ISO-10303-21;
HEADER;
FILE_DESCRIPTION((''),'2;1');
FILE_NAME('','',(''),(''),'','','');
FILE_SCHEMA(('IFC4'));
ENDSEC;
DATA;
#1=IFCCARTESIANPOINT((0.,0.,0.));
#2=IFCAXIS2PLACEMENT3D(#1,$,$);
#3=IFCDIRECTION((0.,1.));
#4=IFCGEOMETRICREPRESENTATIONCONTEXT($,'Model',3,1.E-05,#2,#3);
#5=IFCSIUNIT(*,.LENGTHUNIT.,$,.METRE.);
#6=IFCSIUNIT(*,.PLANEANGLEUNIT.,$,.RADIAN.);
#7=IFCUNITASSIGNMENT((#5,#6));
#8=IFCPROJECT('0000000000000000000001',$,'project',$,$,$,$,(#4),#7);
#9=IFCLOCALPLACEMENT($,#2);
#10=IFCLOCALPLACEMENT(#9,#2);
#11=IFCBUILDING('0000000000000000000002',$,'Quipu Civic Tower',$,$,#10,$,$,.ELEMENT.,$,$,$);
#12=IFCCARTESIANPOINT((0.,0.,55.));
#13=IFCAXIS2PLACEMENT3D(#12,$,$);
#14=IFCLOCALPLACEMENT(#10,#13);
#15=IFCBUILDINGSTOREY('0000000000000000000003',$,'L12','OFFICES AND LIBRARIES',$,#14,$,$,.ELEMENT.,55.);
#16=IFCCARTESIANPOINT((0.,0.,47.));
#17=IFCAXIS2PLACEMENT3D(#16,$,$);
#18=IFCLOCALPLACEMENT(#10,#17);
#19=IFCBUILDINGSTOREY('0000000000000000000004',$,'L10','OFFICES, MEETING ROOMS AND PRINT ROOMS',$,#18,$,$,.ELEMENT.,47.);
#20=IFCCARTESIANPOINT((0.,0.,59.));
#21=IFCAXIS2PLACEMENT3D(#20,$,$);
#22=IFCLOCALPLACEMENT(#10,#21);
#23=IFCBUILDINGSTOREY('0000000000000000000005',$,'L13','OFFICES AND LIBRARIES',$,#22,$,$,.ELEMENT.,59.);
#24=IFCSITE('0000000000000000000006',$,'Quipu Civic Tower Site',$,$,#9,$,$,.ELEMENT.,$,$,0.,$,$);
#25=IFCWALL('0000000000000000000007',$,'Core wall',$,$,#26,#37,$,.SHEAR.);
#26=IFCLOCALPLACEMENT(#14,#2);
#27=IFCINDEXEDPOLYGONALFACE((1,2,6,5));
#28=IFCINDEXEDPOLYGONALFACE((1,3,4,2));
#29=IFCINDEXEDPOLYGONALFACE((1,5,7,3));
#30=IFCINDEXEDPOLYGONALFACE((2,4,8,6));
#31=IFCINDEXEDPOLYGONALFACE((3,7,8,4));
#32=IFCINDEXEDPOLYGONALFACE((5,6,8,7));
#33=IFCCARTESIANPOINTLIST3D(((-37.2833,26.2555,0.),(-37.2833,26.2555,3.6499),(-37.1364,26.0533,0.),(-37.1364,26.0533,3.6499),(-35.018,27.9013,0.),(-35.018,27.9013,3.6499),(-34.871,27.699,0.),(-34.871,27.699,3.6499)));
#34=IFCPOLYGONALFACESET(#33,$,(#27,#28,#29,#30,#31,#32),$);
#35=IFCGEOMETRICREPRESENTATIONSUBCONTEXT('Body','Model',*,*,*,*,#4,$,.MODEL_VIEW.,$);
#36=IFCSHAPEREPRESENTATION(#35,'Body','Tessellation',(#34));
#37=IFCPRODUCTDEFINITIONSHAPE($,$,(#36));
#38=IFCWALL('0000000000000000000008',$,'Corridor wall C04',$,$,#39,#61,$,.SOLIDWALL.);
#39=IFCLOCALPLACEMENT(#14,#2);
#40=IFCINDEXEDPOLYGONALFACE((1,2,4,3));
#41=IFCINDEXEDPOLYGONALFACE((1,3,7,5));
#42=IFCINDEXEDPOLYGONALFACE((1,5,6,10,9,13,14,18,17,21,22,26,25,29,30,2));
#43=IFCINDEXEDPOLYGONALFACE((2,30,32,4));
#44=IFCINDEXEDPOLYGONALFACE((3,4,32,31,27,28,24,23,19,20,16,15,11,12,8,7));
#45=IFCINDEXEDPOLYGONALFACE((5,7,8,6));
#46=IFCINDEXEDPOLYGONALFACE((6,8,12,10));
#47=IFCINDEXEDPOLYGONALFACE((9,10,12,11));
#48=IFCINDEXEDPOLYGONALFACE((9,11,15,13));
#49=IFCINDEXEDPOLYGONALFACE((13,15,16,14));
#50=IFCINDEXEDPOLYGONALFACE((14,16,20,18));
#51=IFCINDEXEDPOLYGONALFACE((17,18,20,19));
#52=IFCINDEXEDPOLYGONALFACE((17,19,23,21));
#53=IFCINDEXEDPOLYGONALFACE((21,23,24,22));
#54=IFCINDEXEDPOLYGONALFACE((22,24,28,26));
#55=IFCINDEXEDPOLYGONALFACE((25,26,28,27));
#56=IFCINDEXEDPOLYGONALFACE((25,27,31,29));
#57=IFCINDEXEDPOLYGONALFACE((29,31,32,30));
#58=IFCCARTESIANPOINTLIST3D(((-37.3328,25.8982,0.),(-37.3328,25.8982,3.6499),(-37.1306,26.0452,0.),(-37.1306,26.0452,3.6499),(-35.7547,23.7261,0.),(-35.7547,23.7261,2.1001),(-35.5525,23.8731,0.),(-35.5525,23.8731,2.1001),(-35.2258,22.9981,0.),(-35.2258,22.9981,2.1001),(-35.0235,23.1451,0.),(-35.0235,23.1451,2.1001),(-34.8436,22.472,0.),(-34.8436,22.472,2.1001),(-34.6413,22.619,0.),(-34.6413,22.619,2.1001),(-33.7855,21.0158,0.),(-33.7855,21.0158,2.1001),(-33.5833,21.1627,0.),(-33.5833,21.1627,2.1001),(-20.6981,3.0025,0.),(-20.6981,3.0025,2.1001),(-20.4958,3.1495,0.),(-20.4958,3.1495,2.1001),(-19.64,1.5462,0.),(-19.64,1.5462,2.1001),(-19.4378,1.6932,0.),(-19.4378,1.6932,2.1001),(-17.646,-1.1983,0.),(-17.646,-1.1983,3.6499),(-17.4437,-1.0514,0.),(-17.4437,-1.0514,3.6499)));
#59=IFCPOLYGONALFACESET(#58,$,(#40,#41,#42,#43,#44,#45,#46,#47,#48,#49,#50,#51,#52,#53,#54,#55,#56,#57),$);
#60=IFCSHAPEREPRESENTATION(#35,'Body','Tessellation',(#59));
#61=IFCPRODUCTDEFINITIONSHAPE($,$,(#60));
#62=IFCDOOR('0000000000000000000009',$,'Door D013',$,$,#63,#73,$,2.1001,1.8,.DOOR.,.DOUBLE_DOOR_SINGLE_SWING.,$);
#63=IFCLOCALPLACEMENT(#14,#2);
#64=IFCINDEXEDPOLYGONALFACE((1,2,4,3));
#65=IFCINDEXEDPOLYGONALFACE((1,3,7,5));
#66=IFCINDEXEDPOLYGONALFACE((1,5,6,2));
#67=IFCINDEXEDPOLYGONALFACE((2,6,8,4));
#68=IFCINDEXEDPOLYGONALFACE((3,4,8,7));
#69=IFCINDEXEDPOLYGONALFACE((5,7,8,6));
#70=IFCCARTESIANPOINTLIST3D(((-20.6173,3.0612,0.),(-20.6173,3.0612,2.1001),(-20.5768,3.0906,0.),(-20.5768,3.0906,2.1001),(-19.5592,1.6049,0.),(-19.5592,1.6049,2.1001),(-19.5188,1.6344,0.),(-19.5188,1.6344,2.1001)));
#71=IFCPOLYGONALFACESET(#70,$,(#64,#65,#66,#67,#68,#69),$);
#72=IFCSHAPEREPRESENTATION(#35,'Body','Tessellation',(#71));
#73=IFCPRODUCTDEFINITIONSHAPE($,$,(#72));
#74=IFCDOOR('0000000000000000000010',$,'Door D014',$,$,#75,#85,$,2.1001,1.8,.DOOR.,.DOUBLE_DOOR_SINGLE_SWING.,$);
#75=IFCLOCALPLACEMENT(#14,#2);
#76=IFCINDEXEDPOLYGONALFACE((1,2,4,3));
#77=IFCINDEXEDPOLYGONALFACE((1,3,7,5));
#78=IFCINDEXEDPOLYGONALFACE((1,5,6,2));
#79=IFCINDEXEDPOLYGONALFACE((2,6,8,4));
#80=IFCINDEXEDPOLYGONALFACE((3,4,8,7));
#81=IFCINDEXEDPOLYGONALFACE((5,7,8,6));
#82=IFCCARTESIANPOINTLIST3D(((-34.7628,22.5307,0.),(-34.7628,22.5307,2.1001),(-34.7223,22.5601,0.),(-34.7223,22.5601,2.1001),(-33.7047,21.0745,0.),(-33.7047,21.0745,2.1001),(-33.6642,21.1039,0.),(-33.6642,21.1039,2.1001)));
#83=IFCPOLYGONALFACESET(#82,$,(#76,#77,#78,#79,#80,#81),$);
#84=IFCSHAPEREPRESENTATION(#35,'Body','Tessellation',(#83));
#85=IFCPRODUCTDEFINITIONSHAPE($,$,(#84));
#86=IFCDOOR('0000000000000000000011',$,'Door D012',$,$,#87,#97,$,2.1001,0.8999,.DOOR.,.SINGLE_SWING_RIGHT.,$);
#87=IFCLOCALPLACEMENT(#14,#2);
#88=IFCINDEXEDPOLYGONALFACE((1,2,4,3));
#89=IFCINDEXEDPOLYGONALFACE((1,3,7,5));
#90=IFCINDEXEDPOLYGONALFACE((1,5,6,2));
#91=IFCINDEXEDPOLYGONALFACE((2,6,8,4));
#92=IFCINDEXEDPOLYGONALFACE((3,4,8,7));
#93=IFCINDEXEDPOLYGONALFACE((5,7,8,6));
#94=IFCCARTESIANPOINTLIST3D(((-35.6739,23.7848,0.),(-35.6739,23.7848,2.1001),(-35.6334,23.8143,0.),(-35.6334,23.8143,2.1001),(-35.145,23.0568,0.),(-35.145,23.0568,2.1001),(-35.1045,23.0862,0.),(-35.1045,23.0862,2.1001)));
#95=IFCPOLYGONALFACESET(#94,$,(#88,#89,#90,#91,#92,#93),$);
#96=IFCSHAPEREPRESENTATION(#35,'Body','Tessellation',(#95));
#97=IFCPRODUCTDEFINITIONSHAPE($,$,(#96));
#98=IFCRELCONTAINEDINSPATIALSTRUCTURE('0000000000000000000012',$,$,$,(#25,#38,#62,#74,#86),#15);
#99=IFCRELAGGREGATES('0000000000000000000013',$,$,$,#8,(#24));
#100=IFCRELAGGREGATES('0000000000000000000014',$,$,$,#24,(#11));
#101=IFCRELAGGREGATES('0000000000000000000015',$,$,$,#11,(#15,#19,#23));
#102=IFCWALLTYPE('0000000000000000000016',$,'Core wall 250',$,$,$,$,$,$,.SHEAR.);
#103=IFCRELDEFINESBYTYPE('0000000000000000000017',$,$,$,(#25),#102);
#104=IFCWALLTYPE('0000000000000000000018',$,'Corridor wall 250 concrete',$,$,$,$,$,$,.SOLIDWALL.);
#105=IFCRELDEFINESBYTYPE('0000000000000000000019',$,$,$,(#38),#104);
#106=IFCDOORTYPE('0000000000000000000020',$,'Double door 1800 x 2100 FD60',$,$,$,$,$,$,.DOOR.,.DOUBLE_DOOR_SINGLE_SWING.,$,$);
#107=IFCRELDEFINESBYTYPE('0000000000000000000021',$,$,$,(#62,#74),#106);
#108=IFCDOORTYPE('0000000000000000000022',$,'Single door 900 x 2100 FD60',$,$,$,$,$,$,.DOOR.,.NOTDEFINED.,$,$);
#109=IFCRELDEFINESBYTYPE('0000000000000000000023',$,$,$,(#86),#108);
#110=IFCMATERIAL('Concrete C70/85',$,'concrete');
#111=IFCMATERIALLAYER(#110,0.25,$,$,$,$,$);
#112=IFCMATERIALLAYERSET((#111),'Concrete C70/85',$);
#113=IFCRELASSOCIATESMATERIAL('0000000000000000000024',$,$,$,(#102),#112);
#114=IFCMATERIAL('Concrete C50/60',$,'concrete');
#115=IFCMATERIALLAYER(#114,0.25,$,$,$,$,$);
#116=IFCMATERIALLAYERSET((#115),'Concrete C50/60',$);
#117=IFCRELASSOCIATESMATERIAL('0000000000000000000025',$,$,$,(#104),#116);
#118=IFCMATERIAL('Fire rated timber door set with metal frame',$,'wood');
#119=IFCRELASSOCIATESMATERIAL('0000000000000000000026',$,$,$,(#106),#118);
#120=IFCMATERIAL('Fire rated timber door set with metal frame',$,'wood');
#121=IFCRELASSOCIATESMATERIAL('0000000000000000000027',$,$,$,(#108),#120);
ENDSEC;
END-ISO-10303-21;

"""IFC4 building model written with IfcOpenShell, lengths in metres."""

from ifc_helpers import new_model, si_unit, direction, frame, frame_2d, origin, place, context, subcontext, project, spatial, rectangle, extrude, material, layer, layer_set, type_object, element, fill, save


model = new_model("IFC4")

# Units and contexts
model_context = context("Model", 3, precision=1e-05, world=origin(), true_north=direction((0.0, 1.0)))
body_context = subcontext(model_context, "Body", "Model", "MODEL_VIEW")
ifc_project = project(units=[si_unit("LENGTHUNIT", "METRE"), si_unit("PLANEANGLEUNIT", "RADIAN")], contexts=[model_context])

# Site, building, storey
site_placement = place(None, origin())
site = spatial("IfcSite", under=ifc_project, at=site_placement, Name="Quipu Civic Tower Site", CompositionType="ELEMENT", RefElevation=0.0)
building_placement = place(site_placement, origin())
building = spatial("IfcBuilding", under=site, at=building_placement, Name="Quipu Civic Tower", CompositionType="ELEMENT")
storey_1_placement = place(building_placement, frame((0.0, 0.0, 55.0)))
storey_1 = spatial("IfcBuildingStorey", under=building, at=storey_1_placement, Name="L12", Description="OFFICES AND LIBRARIES", CompositionType="ELEMENT", Elevation=55.0)

# Shared definitions
storey_2_placement = place(building_placement, frame((0.0, 0.0, 47.0)))
storey_2 = spatial("IfcBuildingStorey", under=building, at=storey_2_placement, Name="L10", Description="OFFICES, MEETING ROOMS AND PRINT ROOMS", CompositionType="ELEMENT", Elevation=47.0)

# Shared definitions
storey_3_placement = place(building_placement, frame((0.0, 0.0, 59.0)))
storey_3 = spatial("IfcBuildingStorey", under=building, at=storey_3_placement, Name="L13", Description="OFFICES AND LIBRARIES", CompositionType="ELEMENT", Elevation=59.0)

# Wall
ifc_material_1 = material(Name="Concrete C70/85", Category="concrete")
ifc_layer_1 = layer(ifc_material_1, 0.25)
ifc_layer_set_1 = layer_set([ifc_layer_1], Name="Concrete C70/85")
wall_type_1 = type_object("IfcWallType", Name="Core wall 250", PredefinedType="SHEAR", material=ifc_layer_set_1)
wall_1_placement = place(storey_1_placement, frame((-34.9446, 27.8, 0.0), z_axis=(0.0, 0.0, 1.0), x_axis=(-0.809041, -0.587752, 0.0)))
element("IfcWall", 1, at=wall_1_placement, inside=storey_1, type_object=wall_type_1, Name="Core wall", PredefinedType="SHEAR", context=body_context, shape_type="SweptSolid", body=[
    extrude(rectangle(XDim=2.8, YDim=0.25, at=frame_2d((1.3999, 0.0))), origin(), (0.0, 0.0, 1.0), 3.6499),
])

# Wall, openings, doors
ifc_material_2 = material(Name="Concrete C50/60", Category="concrete")
ifc_layer_2 = layer(ifc_material_2, 0.25)
ifc_layer_set_2 = layer_set([ifc_layer_2], Name="Concrete C50/60")
wall_type_2 = type_object("IfcWallType", Name="Corridor wall 250 concrete", PredefinedType="SOLIDWALL", material=ifc_layer_set_2)
wall_2_placement = place(storey_1_placement, frame((-37.2317, 25.9717, 0.0), z_axis=(0.0, 0.0, 1.0), x_axis=(0.587786, -0.809016, 0.0)))
wall_2 = element("IfcWall", 2, at=wall_2_placement, inside=storey_1, type_object=wall_type_2, Name="Corridor wall C04", PredefinedType="SOLIDWALL", context=body_context, shape_type="SweptSolid", body=[
    extrude(rectangle(XDim=33.4932, YDim=0.25, at=frame_2d((16.7466, 0.0))), origin(), (0.0, 0.0, 1.0), 3.6499),
])
opening_1_placement = place(wall_2_placement, frame((28.3008, 0.0, 0.0)))
opening_1 = element("IfcOpeningElement", 3, at=opening_1_placement, cuts=wall_2, PredefinedType="OPENING", context=body_context, shape_type="SweptSolid", body=[
    extrude(rectangle(XDim=1.8, YDim=2.1001, at=frame_2d((0.8999, 1.05))), frame((0.0, 0.135, 0.0), z_axis=(0.0, -1.0, 0.0), x_axis=(1.0, 0.0, 0.0)), (0.0, 0.0, 1.0), 0.27),
])
opening_2_placement = place(wall_2_placement, frame((4.2351, 0.0, 0.0)))
opening_2 = element("IfcOpeningElement", 4, at=opening_2_placement, cuts=wall_2, PredefinedType="OPENING", context=body_context, shape_type="SweptSolid", body=[
    extrude(rectangle(XDim=1.8, YDim=2.1001, at=frame_2d((0.8999, 1.05))), frame((0.0, 0.135, 0.0), z_axis=(0.0, -1.0, 0.0), x_axis=(1.0, 0.0, 0.0)), (0.0, 0.0, 1.0), 0.27),
])
opening_3_placement = place(wall_2_placement, frame((2.6848, 0.0, 0.0)))
opening_3 = element("IfcOpeningElement", 5, at=opening_3_placement, cuts=wall_2, PredefinedType="OPENING", context=body_context, shape_type="SweptSolid", body=[
    extrude(rectangle(XDim=0.8999, YDim=2.1001, at=frame_2d((0.45, 1.05))), frame((0.0, 0.135, 0.0), z_axis=(0.0, -1.0, 0.0), x_axis=(1.0, 0.0, 0.0)), (0.0, 0.0, 1.0), 0.27),
])
ifc_material_3 = material(Name="Fire rated timber door set with metal frame", Category="wood")
door_type_1 = type_object("IfcDoorType", Name="Double door 1800 x 2100 FD60", OperationType="DOUBLE_DOOR_SINGLE_SWING", PredefinedType="DOOR", material=ifc_material_3)
door_1_placement = place(opening_1_placement, origin())
door_1 = element("IfcDoor", 6, at=door_1_placement, inside=storey_1, type_object=door_type_1, Name="Door D013", OperationType="DOUBLE_DOOR_SINGLE_SWING", OverallHeight=2.1001, OverallWidth=1.8, PredefinedType="DOOR", context=body_context, shape_type="SweptSolid", body=[
    extrude(rectangle(XDim=1.8, YDim=2.1001, at=frame_2d((0.8999, 1.05))), frame((0.0, 0.0249, 0.0), z_axis=(0.0, -1.0, 0.0), x_axis=(1.0, 0.0, 0.0)), (0.0, 0.0, 1.0), 0.05),
])
fill(opening_1, door_1)
door_2_placement = place(opening_2_placement, origin())
door_2 = element("IfcDoor", 7, at=door_2_placement, inside=storey_1, type_object=door_type_1, Name="Door D014", OperationType="DOUBLE_DOOR_SINGLE_SWING", OverallHeight=2.1001, OverallWidth=1.8, PredefinedType="DOOR", context=body_context, shape_type="SweptSolid", body=[
    extrude(rectangle(XDim=1.8, YDim=2.1001, at=frame_2d((0.8999, 1.05))), frame((0.0, 0.0249, 0.0), z_axis=(0.0, -1.0, 0.0), x_axis=(1.0, 0.0, 0.0)), (0.0, 0.0, 1.0), 0.05),
])
fill(opening_2, door_2)
ifc_material_4 = material(Name="Fire rated timber door set with metal frame", Category="wood")
door_type_2 = type_object("IfcDoorType", Name="Single door 900 x 2100 FD60", OperationType="NOTDEFINED", PredefinedType="DOOR", material=ifc_material_4)
door_3_placement = place(opening_3_placement, origin())
door_3 = element("IfcDoor", 8, at=door_3_placement, inside=storey_1, type_object=door_type_2, Name="Door D012", OperationType="SINGLE_SWING_RIGHT", OverallHeight=2.1001, OverallWidth=0.8999, PredefinedType="DOOR", context=body_context, shape_type="SweptSolid", body=[
    extrude(rectangle(XDim=0.8999, YDim=2.1001, at=frame_2d((0.45, 1.05))), frame((0.0, 0.0249, 0.0), z_axis=(0.0, -1.0, 0.0), x_axis=(1.0, 0.0, 0.0)), (0.0, 0.0, 1.0), 0.05),
])
fill(opening_3, door_3)

save(model, "model.ifc")
